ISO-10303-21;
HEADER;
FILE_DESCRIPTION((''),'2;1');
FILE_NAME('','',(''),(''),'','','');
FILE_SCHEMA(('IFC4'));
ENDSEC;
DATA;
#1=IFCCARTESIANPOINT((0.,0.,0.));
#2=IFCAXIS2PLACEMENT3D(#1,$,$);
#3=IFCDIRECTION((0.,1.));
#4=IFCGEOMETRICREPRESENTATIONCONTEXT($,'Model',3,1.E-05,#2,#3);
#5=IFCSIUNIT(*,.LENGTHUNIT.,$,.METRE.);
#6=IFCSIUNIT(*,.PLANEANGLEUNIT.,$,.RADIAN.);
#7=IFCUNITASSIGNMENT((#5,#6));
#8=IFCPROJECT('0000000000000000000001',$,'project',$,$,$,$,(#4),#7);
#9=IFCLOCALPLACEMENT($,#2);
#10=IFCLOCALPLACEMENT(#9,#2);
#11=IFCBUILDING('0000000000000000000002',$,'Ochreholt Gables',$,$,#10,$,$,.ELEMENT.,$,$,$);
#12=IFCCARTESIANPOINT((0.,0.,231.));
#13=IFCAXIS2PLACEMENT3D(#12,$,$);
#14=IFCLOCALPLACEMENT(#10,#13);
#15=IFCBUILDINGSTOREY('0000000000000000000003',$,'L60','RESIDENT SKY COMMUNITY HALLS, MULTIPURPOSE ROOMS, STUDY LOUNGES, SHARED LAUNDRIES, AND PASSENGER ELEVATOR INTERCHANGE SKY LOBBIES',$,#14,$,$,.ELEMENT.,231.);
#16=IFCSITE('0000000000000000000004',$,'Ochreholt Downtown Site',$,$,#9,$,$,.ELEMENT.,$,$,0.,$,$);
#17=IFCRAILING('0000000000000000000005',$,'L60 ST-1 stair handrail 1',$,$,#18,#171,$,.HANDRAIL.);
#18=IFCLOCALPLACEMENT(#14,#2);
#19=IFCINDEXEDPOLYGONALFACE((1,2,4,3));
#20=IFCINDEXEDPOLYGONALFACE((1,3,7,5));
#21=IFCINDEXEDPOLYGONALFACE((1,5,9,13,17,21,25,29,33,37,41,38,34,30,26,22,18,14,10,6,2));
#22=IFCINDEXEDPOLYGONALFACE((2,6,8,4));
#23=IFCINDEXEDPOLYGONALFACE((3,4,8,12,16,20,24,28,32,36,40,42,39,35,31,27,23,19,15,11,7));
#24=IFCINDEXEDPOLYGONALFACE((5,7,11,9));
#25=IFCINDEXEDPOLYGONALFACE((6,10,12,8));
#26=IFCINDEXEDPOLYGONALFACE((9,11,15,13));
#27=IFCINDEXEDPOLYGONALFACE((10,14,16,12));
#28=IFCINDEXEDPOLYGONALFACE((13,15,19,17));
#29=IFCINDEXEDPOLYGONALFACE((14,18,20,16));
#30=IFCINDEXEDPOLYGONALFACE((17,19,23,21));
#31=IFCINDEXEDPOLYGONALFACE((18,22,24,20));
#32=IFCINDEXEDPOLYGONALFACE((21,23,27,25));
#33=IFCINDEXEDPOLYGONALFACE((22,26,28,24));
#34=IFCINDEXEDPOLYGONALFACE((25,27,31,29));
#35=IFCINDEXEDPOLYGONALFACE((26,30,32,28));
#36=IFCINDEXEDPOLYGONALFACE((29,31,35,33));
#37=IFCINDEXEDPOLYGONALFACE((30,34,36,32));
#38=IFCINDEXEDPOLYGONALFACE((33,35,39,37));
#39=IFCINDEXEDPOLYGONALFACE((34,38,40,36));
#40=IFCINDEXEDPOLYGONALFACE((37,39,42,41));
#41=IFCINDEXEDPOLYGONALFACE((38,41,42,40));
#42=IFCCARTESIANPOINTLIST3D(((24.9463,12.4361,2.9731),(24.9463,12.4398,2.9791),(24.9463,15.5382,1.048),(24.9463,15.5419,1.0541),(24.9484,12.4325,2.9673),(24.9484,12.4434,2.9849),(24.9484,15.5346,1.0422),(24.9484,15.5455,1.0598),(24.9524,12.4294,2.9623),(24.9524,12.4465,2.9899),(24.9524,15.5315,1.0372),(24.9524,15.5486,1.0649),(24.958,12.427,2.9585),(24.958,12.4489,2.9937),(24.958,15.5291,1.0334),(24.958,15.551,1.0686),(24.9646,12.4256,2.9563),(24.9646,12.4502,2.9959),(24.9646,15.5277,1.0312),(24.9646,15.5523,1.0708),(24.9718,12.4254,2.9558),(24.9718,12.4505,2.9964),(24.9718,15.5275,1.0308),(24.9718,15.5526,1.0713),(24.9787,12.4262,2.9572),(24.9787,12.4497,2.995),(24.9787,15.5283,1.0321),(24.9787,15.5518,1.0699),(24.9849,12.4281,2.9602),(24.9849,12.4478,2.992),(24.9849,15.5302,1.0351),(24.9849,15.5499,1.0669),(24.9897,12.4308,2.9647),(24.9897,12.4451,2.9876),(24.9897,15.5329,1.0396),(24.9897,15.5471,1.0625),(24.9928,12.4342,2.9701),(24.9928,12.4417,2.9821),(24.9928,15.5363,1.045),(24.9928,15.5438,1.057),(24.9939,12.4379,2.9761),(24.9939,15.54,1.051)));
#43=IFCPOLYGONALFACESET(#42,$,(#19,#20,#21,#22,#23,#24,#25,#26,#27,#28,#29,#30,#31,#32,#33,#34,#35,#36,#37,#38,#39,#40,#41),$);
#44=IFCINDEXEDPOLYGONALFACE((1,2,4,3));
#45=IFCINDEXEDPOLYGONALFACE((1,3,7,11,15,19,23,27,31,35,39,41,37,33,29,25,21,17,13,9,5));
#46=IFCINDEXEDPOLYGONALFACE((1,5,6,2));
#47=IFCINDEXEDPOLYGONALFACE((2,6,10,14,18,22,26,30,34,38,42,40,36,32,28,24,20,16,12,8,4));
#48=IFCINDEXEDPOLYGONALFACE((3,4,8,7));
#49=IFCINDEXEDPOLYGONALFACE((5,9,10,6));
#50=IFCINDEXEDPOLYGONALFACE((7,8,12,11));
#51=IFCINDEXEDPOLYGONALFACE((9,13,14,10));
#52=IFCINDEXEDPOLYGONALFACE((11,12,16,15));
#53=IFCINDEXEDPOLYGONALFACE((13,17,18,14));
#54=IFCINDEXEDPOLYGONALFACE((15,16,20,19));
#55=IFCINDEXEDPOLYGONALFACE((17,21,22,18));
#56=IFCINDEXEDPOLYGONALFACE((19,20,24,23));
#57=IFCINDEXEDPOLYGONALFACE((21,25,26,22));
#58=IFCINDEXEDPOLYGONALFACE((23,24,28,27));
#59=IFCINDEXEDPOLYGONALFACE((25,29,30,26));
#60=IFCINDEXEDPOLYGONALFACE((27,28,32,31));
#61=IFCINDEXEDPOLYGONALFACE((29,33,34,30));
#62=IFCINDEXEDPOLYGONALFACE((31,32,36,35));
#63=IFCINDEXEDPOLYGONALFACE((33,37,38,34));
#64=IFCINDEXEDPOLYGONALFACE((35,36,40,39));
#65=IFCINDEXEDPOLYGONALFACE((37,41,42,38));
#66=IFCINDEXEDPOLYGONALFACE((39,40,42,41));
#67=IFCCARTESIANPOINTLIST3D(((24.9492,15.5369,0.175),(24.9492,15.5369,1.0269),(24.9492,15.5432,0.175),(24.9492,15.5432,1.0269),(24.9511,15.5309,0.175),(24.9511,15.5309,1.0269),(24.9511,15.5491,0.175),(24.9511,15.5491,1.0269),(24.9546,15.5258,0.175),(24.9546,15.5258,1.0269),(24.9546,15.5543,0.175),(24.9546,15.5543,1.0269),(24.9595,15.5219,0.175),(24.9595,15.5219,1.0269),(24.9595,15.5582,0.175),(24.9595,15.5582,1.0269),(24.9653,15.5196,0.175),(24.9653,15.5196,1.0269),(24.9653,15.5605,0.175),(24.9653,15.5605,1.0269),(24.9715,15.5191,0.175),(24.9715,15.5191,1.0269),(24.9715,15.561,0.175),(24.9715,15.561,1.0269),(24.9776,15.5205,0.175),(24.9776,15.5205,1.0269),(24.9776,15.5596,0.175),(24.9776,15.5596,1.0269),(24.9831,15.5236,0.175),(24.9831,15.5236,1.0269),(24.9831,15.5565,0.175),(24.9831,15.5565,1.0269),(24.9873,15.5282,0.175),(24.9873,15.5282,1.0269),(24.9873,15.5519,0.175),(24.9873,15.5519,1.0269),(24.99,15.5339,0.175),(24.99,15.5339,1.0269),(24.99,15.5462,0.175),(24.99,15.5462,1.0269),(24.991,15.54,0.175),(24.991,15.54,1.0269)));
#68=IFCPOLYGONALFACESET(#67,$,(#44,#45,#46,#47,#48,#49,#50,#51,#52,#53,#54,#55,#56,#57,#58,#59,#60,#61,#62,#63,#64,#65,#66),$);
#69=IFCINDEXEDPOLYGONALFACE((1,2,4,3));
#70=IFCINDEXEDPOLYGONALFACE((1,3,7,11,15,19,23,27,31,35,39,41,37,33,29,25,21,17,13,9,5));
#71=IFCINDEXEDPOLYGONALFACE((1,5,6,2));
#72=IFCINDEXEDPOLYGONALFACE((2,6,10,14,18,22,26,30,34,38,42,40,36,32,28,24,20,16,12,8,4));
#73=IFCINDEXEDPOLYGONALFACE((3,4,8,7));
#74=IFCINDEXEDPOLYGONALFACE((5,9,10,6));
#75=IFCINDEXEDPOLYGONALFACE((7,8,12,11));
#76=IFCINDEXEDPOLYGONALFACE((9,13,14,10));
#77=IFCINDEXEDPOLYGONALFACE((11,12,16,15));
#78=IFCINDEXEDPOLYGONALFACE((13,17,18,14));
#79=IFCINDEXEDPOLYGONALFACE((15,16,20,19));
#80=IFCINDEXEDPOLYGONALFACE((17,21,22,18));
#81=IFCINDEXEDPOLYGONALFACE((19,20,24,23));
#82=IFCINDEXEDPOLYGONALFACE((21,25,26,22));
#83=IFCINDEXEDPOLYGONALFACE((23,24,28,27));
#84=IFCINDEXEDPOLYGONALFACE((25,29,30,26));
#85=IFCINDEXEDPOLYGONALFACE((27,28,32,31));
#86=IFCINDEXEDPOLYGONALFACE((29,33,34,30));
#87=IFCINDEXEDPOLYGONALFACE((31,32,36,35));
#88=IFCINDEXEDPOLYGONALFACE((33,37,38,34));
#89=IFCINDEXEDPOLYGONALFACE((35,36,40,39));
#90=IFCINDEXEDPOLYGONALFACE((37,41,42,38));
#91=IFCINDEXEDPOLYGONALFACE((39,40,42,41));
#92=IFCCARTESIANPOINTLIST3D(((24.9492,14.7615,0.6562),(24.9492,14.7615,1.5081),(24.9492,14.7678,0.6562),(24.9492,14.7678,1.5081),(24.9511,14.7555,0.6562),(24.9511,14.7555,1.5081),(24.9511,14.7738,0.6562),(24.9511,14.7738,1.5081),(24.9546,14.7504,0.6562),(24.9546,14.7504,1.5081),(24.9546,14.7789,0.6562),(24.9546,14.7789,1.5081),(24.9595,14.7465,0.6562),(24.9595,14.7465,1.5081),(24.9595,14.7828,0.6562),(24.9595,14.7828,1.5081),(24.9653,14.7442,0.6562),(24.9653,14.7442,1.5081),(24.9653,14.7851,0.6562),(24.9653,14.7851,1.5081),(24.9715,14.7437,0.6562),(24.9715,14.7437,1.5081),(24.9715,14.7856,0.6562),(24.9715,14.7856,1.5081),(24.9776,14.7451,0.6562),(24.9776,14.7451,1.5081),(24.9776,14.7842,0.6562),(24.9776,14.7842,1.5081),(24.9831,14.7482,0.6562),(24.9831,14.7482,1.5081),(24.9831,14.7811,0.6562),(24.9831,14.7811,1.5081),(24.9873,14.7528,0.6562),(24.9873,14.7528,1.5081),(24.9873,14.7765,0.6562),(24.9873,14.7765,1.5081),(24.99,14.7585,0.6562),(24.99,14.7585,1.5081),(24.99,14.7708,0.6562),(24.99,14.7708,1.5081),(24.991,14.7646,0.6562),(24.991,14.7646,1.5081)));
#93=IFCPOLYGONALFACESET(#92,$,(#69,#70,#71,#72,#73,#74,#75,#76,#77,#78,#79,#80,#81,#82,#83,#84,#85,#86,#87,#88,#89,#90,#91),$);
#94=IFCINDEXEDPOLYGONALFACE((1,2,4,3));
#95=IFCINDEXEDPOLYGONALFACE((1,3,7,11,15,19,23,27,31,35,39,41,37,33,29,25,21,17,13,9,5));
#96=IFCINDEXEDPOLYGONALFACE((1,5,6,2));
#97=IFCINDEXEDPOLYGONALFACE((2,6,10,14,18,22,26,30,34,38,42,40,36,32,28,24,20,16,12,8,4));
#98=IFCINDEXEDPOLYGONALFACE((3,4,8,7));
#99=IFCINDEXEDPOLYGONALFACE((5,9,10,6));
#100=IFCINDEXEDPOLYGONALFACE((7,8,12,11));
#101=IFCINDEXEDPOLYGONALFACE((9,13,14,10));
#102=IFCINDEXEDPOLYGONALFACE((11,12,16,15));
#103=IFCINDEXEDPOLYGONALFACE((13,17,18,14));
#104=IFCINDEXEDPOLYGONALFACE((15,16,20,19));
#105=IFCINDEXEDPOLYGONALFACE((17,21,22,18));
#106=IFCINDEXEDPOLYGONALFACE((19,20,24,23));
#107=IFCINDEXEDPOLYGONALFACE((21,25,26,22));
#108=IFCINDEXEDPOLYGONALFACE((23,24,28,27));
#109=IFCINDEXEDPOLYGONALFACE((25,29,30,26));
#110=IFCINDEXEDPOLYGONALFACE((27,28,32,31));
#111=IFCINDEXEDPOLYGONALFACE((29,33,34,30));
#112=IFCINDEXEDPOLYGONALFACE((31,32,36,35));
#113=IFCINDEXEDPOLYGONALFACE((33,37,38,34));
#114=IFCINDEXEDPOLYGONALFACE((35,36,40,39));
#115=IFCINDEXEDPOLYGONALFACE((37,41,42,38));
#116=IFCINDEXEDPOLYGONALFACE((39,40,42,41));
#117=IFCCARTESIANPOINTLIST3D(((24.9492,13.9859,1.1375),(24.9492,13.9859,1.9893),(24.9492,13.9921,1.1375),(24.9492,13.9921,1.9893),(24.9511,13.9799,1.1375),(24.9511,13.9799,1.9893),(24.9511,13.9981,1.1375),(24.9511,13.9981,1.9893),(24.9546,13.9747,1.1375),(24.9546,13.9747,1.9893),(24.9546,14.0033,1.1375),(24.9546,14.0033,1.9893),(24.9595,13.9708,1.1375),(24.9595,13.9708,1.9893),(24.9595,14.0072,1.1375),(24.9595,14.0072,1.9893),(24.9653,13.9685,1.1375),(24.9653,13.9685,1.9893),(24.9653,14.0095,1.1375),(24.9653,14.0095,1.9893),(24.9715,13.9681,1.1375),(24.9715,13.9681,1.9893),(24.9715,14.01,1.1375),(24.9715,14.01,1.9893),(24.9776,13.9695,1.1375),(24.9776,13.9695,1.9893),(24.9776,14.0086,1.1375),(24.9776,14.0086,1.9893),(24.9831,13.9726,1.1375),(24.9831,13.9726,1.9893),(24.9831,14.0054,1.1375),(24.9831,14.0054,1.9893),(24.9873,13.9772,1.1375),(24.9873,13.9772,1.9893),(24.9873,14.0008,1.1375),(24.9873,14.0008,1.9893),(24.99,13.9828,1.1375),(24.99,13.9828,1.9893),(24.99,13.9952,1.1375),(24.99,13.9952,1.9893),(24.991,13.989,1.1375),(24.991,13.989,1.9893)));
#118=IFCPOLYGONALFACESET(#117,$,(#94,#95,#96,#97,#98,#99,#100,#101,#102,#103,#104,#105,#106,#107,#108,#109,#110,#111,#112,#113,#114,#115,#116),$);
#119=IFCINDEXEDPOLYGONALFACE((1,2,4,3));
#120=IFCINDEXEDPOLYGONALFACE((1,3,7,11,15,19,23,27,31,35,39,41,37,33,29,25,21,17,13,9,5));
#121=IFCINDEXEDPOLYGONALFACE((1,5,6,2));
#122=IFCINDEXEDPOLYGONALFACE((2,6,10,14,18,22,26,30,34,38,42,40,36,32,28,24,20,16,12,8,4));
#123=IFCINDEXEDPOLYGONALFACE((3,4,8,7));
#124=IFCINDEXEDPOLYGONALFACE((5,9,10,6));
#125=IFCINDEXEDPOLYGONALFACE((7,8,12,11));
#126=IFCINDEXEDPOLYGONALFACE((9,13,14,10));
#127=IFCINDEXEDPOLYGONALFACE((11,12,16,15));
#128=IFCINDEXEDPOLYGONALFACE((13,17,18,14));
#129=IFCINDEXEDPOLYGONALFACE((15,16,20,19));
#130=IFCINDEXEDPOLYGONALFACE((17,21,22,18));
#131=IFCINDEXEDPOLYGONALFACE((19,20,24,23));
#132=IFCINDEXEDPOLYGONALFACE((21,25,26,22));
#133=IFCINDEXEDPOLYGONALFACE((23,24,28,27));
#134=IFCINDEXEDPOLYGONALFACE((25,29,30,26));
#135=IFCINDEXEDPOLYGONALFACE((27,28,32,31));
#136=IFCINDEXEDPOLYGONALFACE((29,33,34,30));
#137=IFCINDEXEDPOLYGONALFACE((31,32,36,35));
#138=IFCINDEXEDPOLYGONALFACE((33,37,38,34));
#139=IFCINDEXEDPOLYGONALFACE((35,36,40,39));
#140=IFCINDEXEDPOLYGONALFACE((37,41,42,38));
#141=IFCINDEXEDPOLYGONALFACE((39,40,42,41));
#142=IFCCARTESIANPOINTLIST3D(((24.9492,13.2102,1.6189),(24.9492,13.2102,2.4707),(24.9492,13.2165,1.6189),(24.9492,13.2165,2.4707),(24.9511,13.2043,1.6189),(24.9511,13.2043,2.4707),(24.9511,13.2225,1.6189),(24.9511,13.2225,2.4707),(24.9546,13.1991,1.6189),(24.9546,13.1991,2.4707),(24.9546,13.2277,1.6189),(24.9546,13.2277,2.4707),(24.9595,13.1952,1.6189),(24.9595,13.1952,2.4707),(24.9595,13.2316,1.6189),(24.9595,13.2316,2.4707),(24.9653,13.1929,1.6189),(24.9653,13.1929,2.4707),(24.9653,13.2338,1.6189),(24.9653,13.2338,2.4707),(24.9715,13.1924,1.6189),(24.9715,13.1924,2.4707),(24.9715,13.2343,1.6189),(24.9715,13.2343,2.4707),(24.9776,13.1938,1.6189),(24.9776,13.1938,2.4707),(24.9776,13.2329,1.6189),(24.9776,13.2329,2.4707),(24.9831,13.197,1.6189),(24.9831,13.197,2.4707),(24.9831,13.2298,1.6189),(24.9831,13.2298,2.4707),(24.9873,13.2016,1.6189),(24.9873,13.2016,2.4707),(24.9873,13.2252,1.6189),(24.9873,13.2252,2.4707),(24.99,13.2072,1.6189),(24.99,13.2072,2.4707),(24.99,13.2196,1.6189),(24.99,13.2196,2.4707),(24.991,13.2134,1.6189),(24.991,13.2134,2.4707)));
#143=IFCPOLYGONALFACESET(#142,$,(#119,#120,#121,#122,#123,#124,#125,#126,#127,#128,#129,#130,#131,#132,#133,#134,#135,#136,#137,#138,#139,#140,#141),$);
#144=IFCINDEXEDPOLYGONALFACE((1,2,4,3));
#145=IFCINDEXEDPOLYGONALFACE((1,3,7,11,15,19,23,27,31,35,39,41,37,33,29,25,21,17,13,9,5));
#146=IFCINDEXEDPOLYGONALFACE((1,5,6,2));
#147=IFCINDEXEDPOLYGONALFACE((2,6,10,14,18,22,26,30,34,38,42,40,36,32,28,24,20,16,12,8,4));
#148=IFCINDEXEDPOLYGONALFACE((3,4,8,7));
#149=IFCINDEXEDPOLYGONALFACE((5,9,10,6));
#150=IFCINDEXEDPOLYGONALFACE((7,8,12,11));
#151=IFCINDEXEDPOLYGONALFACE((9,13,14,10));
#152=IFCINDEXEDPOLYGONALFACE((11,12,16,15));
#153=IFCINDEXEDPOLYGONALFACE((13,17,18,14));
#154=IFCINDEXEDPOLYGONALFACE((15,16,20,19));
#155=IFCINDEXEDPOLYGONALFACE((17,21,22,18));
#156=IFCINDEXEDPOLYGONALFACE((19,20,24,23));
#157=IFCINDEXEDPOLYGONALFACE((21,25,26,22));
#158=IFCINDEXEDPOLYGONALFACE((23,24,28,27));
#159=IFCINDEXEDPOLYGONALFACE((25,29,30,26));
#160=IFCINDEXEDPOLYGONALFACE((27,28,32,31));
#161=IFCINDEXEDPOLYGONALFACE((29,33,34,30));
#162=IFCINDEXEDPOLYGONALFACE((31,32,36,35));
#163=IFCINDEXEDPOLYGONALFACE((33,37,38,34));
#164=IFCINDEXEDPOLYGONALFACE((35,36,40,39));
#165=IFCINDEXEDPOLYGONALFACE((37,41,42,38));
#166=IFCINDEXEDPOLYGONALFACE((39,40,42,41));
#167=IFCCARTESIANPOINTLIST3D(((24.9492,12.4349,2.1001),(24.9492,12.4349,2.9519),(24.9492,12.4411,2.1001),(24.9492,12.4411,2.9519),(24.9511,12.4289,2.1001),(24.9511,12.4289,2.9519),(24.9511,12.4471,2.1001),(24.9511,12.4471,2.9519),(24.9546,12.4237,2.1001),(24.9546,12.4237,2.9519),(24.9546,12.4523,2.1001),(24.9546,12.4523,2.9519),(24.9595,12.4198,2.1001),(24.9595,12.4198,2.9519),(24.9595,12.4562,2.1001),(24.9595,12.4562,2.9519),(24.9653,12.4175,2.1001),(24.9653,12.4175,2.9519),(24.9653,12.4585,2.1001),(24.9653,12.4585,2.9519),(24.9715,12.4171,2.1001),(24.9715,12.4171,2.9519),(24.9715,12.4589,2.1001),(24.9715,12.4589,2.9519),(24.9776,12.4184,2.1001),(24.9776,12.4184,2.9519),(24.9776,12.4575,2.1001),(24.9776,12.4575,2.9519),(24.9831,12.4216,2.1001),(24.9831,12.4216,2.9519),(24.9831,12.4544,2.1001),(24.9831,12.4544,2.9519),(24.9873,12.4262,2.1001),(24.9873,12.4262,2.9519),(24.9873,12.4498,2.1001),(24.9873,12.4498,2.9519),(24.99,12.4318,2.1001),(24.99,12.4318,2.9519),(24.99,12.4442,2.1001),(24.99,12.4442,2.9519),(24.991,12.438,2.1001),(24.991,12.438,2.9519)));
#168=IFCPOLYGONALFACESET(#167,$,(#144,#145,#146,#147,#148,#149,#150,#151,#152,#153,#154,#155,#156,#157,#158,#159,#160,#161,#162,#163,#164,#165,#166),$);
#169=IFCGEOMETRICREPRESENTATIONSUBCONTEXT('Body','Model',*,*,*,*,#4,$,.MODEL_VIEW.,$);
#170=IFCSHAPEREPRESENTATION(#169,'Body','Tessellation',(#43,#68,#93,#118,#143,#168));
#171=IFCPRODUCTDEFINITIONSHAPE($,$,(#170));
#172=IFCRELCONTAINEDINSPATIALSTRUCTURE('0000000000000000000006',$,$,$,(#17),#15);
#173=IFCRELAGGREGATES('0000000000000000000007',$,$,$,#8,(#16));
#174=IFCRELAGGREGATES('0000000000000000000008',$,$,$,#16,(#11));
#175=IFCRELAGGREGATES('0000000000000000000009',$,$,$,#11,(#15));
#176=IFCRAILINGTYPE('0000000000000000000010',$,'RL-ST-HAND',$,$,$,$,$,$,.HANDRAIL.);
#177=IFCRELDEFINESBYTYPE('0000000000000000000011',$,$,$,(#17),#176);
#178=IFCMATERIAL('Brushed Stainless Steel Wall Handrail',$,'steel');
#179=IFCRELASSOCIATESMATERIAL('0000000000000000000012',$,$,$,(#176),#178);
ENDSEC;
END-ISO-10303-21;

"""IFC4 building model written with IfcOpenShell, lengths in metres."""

from ifc_helpers import new_model, si_unit, direction, frame, origin, origin_2d, place, context, subcontext, project, spatial, circle, extrude, material, type_object, element, save


model = new_model("IFC4")

# Units and contexts
model_context = context("Model", 3, precision=1e-05, world=origin(), true_north=direction((0.0, 1.0)))
body_context = subcontext(model_context, "Body", "Model", "MODEL_VIEW")
ifc_project = project(units=[si_unit("LENGTHUNIT", "METRE"), si_unit("PLANEANGLEUNIT", "RADIAN")], contexts=[model_context])

# Site, building, storey
site_placement = place(None, origin())
site = spatial("IfcSite", under=ifc_project, at=site_placement, Name="Ochreholt Downtown Site", CompositionType="ELEMENT", RefElevation=0.0)
building_placement = place(site_placement, origin())
building = spatial("IfcBuilding", under=site, at=building_placement, Name="Ochreholt Gables", CompositionType="ELEMENT")
storey_placement = place(building_placement, frame((0.0, 0.0, 231.0)))
storey = spatial("IfcBuildingStorey", under=building, at=storey_placement, Name="L60", Description="RESIDENT SKY COMMUNITY HALLS, MULTIPURPOSE ROOMS, STUDY LOUNGES, SHARED LAUNDRIES, AND PASSENGER ELEVATOR INTERCHANGE SKY LOBBIES", CompositionType="ELEMENT", Elevation=231.0)

# Railing
ifc_material_1 = material(Name="Brushed Stainless Steel Wall Handrail", Category="steel")
railing_type_1 = type_object("IfcRailingType", Name="RL-ST-HAND", PredefinedType="HANDRAIL", material=ifc_material_1)
railing_1_placement = place(storey_placement, frame((24.97, 15.54, 0.175)))
element("IfcRailing", 1, at=railing_1_placement, inside=storey, type_object=railing_type_1, Name="L60 ST-1 stair handrail 1", PredefinedType="HANDRAIL", context=body_context, shape_type="SweptSolid", body=[
    extrude(circle(Radius=0.0239, at=origin_2d()), frame((0.0, 0.0, 0.876), z_axis=(0.0, -0.849685, 0.527291), x_axis=(1.0, 0.0, 0.0)), (0.0, 0.0, 1.0), 3.6509),
    extrude(circle(Radius=0.021, at=origin_2d()), origin(), (0.0, 0.0, 1.0), 0.8518),
    extrude(circle(Radius=0.021, at=origin_2d()), frame((0.0, -0.7754, 0.4812)), (0.0, 0.0, 1.0), 0.8518),
    extrude(circle(Radius=0.021, at=origin_2d()), frame((0.0, -1.551, 0.9624)), (0.0, 0.0, 1.0), 0.8518),
    extrude(circle(Radius=0.021, at=origin_2d()), frame((0.0, -2.3267, 1.4438)), (0.0, 0.0, 1.0), 0.8518),
    extrude(circle(Radius=0.021, at=origin_2d()), frame((0.0, -3.1021, 1.925)), (0.0, 0.0, 1.0), 0.8518),
])

save(model, "model.ifc")
